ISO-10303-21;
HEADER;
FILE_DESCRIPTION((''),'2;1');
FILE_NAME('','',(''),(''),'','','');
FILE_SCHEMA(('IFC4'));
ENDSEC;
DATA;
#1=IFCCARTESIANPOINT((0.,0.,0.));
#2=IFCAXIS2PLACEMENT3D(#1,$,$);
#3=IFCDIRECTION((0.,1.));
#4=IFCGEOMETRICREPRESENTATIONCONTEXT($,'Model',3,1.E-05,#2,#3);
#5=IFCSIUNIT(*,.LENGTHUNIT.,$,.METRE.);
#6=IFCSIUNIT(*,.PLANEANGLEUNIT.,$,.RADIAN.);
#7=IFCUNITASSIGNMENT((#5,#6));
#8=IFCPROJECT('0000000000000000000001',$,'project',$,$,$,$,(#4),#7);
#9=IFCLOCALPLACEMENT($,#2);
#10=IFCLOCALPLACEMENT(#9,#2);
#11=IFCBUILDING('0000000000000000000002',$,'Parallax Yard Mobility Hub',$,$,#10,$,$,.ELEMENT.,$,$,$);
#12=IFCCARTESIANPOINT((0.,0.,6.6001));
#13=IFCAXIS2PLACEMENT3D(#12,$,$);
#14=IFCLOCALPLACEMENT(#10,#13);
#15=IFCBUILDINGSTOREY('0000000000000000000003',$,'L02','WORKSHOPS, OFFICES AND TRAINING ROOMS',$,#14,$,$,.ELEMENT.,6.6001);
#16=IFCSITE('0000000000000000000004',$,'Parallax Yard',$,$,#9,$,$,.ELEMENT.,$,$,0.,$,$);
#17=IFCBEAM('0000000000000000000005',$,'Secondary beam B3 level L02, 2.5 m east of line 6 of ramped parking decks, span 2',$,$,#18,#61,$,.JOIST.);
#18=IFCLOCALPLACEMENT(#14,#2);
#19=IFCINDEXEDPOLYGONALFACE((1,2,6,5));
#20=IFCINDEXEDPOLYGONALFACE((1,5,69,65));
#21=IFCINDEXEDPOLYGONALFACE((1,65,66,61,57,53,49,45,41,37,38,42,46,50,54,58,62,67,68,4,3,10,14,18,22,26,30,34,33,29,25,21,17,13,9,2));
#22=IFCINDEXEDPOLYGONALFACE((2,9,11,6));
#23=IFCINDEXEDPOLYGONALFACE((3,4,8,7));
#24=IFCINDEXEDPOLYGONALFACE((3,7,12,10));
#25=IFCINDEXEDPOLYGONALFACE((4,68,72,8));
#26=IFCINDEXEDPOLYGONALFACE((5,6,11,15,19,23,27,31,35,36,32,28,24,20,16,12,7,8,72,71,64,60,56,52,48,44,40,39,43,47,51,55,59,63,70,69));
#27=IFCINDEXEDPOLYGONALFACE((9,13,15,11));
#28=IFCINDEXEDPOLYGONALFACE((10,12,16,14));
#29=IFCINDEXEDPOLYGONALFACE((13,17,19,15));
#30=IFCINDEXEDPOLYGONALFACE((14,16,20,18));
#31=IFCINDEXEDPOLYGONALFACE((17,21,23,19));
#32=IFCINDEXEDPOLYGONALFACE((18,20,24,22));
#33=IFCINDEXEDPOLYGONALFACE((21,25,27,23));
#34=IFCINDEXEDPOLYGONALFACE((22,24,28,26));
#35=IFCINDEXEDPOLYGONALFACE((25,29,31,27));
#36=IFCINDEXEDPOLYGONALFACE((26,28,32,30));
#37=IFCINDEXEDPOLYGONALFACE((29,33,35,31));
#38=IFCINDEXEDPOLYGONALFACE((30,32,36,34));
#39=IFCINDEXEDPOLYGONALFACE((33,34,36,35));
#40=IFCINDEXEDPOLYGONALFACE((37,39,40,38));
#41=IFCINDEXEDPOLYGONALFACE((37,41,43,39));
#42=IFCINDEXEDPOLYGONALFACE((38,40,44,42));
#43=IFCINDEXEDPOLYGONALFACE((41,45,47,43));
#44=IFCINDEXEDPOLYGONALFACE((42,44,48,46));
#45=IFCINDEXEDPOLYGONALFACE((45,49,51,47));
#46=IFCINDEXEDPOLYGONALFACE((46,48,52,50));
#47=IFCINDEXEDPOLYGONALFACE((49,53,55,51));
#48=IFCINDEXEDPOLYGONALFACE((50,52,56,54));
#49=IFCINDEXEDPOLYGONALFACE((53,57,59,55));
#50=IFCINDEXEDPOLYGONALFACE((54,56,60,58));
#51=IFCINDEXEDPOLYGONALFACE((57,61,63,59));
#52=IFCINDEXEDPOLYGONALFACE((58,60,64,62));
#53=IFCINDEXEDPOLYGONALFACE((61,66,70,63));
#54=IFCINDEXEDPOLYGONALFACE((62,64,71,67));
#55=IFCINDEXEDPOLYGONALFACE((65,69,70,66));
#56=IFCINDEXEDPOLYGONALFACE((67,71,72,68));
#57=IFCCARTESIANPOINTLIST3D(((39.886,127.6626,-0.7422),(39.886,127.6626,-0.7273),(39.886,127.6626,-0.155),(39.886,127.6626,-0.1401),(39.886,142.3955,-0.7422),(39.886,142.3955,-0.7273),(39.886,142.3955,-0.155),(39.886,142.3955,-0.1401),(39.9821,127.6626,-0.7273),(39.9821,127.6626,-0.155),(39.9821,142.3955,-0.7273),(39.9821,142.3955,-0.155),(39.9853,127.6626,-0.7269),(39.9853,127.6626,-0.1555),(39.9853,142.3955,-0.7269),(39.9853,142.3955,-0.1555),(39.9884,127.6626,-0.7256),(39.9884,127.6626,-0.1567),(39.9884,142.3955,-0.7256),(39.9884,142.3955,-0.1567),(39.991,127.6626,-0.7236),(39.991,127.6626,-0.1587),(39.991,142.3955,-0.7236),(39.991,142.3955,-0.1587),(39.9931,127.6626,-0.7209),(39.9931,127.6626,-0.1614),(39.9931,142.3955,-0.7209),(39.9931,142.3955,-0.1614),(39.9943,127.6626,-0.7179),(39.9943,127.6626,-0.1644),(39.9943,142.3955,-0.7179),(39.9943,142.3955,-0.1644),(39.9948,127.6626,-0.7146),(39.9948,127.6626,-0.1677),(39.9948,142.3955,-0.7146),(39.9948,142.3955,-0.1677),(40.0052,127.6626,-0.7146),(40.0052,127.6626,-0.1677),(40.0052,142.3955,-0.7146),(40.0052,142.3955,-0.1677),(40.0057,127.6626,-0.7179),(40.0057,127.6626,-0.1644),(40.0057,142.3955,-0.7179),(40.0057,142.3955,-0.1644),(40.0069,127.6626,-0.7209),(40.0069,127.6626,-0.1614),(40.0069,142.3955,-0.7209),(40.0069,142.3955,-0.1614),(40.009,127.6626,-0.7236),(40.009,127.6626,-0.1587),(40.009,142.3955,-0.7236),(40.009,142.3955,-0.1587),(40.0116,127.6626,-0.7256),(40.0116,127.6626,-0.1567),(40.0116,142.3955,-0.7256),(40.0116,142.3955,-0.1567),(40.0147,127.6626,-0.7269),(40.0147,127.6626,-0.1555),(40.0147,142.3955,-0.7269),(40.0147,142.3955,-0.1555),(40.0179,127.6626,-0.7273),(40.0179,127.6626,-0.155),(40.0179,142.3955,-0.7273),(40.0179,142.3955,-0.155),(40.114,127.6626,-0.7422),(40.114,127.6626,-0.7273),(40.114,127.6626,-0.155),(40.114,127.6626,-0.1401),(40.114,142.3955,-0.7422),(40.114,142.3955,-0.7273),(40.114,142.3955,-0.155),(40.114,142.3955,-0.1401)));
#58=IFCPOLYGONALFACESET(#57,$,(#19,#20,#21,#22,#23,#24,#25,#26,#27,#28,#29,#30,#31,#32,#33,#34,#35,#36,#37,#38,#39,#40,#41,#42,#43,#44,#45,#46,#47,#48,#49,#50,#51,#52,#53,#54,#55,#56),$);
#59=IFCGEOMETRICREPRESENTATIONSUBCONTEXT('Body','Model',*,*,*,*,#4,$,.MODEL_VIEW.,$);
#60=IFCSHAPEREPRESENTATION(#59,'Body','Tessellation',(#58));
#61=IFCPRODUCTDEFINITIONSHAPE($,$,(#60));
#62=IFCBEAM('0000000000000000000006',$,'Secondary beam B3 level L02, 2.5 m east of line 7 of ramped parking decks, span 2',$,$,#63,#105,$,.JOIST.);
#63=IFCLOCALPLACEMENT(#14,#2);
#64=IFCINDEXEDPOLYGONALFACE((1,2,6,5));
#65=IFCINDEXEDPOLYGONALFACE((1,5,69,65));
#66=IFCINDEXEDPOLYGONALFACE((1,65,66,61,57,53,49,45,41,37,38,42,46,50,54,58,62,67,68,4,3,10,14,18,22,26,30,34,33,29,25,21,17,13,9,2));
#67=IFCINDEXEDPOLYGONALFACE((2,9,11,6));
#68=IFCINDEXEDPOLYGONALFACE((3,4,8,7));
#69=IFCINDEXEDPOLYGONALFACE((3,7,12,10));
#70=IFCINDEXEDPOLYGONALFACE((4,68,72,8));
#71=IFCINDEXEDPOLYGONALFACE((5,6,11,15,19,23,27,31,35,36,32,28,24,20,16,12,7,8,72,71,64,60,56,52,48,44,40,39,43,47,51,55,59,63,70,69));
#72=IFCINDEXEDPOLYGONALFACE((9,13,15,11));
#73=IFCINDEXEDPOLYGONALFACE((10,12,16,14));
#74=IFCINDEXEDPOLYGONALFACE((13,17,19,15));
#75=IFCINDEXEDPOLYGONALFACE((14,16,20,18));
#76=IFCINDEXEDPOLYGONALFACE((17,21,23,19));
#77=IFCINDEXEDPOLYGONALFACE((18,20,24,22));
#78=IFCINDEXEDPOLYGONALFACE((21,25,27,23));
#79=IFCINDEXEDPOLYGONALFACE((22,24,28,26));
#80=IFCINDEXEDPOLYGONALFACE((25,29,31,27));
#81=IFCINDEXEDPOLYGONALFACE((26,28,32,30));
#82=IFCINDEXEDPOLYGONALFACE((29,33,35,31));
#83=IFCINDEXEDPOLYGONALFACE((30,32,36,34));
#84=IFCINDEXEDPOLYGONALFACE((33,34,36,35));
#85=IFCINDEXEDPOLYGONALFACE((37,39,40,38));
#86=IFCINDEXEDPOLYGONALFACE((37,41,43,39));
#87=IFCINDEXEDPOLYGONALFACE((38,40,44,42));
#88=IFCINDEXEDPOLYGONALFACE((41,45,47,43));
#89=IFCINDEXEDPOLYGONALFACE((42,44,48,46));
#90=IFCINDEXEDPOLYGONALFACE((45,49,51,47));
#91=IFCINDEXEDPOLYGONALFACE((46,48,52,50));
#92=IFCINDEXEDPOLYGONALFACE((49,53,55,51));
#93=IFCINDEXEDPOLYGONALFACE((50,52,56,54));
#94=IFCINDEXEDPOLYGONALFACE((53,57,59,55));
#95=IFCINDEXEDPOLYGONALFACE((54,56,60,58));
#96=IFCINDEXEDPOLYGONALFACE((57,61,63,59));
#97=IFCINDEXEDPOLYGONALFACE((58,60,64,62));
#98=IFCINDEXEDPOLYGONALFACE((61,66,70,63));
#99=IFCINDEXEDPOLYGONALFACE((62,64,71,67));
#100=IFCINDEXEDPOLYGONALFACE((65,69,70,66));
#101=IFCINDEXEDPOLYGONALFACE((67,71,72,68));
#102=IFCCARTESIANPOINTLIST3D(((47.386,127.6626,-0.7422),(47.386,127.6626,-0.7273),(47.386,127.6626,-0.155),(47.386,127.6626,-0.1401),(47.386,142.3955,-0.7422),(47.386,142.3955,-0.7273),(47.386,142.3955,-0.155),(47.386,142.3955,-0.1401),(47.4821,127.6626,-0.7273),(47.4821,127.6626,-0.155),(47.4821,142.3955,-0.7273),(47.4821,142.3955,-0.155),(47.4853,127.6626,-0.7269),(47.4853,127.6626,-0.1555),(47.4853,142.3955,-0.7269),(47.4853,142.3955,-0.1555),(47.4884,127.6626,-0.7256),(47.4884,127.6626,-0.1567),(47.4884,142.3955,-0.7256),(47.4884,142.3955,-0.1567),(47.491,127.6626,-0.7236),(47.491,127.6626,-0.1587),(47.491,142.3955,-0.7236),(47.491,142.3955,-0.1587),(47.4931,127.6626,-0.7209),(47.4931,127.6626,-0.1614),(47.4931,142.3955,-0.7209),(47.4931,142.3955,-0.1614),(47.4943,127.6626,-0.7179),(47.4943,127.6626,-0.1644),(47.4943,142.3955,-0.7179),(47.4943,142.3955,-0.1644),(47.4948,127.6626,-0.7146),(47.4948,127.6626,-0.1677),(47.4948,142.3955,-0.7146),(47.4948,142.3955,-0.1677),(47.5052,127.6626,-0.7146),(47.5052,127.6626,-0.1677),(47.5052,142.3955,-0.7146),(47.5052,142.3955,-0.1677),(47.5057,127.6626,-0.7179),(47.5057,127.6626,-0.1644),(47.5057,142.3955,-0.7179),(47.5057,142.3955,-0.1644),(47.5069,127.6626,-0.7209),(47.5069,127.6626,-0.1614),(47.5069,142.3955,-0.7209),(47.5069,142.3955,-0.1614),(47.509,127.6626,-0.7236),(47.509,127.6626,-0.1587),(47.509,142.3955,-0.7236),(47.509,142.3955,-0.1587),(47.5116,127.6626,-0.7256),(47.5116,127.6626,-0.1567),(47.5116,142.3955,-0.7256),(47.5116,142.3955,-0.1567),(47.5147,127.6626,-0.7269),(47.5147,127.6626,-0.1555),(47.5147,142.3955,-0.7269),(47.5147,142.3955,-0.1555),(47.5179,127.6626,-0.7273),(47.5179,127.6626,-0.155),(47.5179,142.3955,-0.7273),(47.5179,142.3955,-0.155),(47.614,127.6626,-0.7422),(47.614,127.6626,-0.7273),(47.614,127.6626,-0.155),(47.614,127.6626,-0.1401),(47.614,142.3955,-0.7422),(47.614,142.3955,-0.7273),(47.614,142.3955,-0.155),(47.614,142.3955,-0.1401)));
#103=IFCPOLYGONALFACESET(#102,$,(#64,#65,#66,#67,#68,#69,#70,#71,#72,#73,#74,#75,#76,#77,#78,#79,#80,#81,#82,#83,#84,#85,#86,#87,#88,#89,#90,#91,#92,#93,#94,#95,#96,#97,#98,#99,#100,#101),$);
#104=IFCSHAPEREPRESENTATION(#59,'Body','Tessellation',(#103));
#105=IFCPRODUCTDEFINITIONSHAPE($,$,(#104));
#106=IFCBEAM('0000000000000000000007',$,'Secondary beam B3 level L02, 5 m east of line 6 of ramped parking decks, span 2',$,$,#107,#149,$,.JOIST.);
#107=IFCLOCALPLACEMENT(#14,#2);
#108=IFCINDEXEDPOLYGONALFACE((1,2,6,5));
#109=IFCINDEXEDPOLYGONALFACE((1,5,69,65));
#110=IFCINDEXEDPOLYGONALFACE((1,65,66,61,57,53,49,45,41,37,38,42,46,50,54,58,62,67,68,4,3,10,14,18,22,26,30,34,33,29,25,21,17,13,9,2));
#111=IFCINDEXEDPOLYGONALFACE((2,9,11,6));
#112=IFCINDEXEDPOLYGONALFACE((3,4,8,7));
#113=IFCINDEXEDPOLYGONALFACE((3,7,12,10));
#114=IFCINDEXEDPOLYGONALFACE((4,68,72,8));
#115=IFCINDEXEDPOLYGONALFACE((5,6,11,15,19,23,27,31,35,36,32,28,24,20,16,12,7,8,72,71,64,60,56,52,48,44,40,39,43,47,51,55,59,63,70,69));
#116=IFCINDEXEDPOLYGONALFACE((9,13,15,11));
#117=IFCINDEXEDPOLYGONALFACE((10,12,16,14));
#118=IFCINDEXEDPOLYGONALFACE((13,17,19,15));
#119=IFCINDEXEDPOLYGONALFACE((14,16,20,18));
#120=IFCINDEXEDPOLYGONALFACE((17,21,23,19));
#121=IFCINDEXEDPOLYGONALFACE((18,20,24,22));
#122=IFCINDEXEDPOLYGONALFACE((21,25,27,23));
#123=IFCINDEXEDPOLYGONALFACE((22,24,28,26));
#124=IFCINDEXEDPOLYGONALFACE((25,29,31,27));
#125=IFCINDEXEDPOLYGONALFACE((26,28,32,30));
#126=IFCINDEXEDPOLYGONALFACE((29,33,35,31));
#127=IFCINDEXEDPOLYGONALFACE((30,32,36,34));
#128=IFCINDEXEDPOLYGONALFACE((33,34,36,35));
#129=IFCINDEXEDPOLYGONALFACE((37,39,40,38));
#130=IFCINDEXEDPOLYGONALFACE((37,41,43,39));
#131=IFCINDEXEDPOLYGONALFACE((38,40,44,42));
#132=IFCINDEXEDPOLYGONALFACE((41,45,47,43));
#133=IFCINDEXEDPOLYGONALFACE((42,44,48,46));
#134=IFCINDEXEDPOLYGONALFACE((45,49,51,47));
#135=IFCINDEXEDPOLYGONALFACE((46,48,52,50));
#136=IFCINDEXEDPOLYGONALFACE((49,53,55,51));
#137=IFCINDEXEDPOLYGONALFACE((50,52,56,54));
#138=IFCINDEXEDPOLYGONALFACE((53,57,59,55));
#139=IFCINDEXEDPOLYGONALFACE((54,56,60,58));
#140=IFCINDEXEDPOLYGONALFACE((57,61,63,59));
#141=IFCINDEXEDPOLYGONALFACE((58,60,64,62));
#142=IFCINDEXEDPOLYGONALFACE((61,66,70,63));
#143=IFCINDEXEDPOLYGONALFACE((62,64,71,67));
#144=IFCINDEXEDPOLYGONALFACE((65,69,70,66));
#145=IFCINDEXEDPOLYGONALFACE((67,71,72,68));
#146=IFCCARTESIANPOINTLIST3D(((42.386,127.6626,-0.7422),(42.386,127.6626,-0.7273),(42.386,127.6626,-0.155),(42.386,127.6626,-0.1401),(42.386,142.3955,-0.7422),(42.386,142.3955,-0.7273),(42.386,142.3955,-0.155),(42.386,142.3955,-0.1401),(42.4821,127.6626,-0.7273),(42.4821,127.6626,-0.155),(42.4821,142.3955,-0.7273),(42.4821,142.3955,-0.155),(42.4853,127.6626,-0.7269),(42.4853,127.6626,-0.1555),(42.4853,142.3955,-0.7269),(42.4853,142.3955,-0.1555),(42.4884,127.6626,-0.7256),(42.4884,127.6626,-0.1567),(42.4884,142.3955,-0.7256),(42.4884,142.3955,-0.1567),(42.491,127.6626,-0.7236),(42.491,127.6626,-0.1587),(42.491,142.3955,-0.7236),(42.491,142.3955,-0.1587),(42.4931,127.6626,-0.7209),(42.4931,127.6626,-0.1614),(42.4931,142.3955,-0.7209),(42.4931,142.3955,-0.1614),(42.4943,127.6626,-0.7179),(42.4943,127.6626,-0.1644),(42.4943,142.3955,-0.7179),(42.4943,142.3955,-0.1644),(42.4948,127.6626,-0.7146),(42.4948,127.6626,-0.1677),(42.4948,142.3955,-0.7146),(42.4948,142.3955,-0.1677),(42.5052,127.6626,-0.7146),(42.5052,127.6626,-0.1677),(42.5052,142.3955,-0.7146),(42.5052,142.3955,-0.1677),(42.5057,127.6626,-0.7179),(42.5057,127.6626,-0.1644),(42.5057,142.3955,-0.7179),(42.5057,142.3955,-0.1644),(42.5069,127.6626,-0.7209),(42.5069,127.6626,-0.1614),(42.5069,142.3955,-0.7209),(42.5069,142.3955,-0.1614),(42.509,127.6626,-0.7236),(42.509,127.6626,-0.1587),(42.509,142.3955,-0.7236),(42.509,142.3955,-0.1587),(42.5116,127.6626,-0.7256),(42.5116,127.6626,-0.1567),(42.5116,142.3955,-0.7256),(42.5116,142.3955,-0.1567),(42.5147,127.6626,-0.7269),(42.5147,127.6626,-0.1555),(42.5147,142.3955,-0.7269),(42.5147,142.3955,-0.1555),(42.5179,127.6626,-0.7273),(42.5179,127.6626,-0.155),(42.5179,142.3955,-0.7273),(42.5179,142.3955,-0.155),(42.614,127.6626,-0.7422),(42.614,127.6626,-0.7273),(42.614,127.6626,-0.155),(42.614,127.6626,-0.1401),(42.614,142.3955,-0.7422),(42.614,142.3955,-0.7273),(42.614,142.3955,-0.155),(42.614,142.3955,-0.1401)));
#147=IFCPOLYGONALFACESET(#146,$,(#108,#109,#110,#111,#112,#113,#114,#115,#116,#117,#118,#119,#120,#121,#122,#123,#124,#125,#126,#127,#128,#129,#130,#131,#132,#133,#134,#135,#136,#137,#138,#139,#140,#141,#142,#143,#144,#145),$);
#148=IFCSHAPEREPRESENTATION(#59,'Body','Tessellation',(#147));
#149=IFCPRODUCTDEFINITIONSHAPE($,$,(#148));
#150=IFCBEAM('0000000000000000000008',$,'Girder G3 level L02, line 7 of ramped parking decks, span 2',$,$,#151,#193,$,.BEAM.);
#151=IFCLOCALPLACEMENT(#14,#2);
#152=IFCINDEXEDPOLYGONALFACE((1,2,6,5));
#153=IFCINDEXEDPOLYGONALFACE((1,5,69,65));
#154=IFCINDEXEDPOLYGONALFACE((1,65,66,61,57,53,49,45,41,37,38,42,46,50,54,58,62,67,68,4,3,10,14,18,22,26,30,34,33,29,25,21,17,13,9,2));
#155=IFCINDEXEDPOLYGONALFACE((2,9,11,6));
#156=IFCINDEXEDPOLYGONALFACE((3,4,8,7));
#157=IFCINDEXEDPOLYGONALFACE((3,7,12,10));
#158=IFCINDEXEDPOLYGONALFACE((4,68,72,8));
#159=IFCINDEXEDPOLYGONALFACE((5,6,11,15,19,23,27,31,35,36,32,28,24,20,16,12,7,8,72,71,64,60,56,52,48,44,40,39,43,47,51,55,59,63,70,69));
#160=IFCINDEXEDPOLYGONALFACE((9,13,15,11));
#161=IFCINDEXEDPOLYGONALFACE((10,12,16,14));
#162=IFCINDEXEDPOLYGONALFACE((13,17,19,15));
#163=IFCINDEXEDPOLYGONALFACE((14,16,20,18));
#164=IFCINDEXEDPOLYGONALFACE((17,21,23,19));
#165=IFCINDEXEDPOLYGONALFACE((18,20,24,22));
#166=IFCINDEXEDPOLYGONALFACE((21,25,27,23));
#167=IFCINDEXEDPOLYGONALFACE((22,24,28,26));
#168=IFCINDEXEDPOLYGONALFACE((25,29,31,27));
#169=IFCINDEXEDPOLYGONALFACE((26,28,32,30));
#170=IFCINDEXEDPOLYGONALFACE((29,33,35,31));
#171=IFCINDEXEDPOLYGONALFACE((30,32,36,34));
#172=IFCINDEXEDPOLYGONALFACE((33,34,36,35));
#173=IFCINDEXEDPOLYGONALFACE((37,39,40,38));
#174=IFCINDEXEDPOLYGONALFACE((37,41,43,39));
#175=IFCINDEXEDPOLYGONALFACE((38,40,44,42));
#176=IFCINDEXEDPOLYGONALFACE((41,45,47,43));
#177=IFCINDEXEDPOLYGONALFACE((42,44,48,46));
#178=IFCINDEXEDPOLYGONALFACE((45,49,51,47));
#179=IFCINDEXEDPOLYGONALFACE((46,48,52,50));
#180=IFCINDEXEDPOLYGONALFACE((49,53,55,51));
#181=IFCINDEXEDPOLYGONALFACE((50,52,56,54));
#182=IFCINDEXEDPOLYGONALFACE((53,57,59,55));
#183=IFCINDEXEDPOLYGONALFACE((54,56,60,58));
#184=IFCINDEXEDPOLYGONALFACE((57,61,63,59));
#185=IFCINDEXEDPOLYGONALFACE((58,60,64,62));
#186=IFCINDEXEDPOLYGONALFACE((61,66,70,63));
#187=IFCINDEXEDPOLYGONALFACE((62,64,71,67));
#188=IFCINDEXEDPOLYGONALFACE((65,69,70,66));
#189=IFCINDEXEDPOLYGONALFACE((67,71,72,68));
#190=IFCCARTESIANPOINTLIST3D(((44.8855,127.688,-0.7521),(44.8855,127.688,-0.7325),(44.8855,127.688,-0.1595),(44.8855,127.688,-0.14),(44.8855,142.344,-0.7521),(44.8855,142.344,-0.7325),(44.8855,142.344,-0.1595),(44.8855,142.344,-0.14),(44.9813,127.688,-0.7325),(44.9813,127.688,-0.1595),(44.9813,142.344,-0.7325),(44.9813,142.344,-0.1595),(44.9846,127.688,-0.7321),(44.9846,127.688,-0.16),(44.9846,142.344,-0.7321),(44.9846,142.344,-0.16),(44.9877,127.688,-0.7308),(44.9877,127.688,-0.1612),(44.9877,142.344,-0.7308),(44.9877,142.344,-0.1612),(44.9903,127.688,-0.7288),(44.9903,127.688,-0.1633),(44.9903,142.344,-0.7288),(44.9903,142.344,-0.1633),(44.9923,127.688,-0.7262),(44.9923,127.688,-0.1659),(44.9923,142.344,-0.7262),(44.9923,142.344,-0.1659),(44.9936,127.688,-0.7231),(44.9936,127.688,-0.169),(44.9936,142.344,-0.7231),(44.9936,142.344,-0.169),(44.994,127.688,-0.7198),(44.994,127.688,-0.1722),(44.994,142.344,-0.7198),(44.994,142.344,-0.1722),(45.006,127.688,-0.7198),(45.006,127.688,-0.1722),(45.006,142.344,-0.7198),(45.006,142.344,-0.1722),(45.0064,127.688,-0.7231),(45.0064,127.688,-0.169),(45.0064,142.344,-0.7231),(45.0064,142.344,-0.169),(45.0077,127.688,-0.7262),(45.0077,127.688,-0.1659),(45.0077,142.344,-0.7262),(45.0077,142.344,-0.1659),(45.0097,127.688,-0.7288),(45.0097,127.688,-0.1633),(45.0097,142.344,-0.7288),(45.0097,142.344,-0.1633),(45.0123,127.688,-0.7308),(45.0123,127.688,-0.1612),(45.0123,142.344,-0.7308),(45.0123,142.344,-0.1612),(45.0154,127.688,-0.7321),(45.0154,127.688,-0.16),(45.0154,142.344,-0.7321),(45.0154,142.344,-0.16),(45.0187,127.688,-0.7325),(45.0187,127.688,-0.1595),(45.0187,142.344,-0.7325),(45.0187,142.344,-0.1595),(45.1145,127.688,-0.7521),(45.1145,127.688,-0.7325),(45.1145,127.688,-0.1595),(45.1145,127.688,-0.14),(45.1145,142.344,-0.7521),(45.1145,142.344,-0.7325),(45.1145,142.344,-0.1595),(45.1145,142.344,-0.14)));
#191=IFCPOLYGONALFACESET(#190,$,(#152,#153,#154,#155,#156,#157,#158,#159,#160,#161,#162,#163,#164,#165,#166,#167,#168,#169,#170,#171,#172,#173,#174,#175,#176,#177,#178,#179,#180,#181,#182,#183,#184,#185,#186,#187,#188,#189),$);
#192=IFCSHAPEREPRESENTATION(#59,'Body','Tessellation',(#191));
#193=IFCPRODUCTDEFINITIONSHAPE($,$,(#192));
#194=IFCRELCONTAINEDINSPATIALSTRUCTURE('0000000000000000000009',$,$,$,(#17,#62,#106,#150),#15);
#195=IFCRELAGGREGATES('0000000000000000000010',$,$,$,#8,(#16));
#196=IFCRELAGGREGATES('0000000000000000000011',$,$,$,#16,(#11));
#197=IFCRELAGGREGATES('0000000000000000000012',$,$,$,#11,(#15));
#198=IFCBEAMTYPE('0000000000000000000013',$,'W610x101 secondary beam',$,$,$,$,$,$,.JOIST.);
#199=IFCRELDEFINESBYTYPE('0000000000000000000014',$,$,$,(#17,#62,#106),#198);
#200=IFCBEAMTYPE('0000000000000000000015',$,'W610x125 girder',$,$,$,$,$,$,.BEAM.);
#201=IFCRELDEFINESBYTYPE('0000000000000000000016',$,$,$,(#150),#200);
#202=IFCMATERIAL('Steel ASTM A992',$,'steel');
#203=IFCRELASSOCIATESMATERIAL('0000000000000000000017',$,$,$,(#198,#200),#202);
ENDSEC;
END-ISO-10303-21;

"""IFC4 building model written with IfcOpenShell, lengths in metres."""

from ifc_helpers import new_model, si_unit, direction, frame, origin, origin_2d, place, context, subcontext, project, spatial, i_section, extrude, material, material_profile, profile_set, type_object, element, save


model = new_model("IFC4")

# Units and contexts
model_context = context("Model", 3, precision=1e-05, world=origin(), true_north=direction((0.0, 1.0)))
body_context = subcontext(model_context, "Body", "Model", "MODEL_VIEW")
ifc_project = project(units=[si_unit("LENGTHUNIT", "METRE"), si_unit("PLANEANGLEUNIT", "RADIAN")], contexts=[model_context])

# Site, building, storey
site_placement = place(None, origin())
site = spatial("IfcSite", under=ifc_project, at=site_placement, Name="Parallax Yard", CompositionType="ELEMENT", RefElevation=0.0)
building_placement = place(site_placement, origin())
building = spatial("IfcBuilding", under=site, at=building_placement, Name="Parallax Yard Mobility Hub", CompositionType="ELEMENT")
storey_placement = place(building_placement, frame((0.0, 0.0, 6.6001)))
storey = spatial("IfcBuildingStorey", under=building, at=storey_placement, Name="L02", Description="WORKSHOPS, OFFICES AND TRAINING ROOMS", CompositionType="ELEMENT", Elevation=6.6001)

# Shared definitions
ifc_material_1 = material(Name="Steel ASTM A992", Category="steel")

# Beams
ifc_material_profile_1 = material_profile(ifc_material_1, i_section(OverallWidth=0.228, OverallDepth=0.6021, WebThickness=0.0105, FlangeThickness=0.0149, FilletRadius=0.0127, at=origin_2d()), Name="W610x101")
ifc_profile_set_1 = profile_set([ifc_material_profile_1], Name="Steel ASTM A992")
beam_type_1 = type_object("IfcBeamType", Name="W610x101 secondary beam", PredefinedType="JOIST", material=ifc_profile_set_1)
for number, where, z_axis, x_axis, name in (
    (1, (40.0, 127.6626, -0.4412), (0.0, 1.0, 0.0), (-1.0, 0.0, 0.0), "Secondary beam B3 level L02, 2.5 m east of line 6 of ramped parking decks, span 2"),
    (2, (47.5, 127.6626, -0.4412), (0.0, 1.0, 0.0), (-1.0, 0.0, 0.0), "Secondary beam B3 level L02, 2.5 m east of line 7 of ramped parking decks, span 2"),
    (3, (42.5, 127.6626, -0.4412), (0.0, 1.0, 0.0), (-1.0, 0.0, 0.0), "Secondary beam B3 level L02, 5 m east of line 6 of ramped parking decks, span 2"),
):
    element("IfcBeam", number, at=place(storey_placement, frame(where, z_axis=z_axis, x_axis=x_axis)), inside=storey, type_object=beam_type_1, Name=name, PredefinedType="JOIST", context=body_context, shape_type="SweptSolid", body=[
        extrude(i_section(OverallWidth=0.228, OverallDepth=0.6021, WebThickness=0.0105, FlangeThickness=0.0149, FilletRadius=0.0127, at=origin_2d()), origin(), (0.0, 0.0, 1.0), 14.7329),
    ])
ifc_material_profile_2 = material_profile(ifc_material_1, i_section(OverallWidth=0.229, OverallDepth=0.6121, WebThickness=0.012, FlangeThickness=0.0195, FilletRadius=0.0127, at=origin_2d()), Name="W610x125")
ifc_profile_set_2 = profile_set([ifc_material_profile_2], Name="Steel ASTM A992")
beam_type_2 = type_object("IfcBeamType", Name="W610x125 girder", PredefinedType="BEAM", material=ifc_profile_set_2)
beam_1_placement = place(storey_placement, frame((45.0, 127.688, -0.446), z_axis=(0.0, 1.0, 0.0), x_axis=(-1.0, 0.0, 0.0)))
element("IfcBeam", 4, at=beam_1_placement, inside=storey, type_object=beam_type_2, Name="Girder G3 level L02, line 7 of ramped parking decks, span 2", PredefinedType="BEAM", context=body_context, shape_type="SweptSolid", body=[
    extrude(i_section(OverallWidth=0.229, OverallDepth=0.6121, WebThickness=0.012, FlangeThickness=0.0195, FilletRadius=0.0127, at=origin_2d()), origin(), (0.0, 0.0, 1.0), 14.656),
])

save(model, "model.ifc")
